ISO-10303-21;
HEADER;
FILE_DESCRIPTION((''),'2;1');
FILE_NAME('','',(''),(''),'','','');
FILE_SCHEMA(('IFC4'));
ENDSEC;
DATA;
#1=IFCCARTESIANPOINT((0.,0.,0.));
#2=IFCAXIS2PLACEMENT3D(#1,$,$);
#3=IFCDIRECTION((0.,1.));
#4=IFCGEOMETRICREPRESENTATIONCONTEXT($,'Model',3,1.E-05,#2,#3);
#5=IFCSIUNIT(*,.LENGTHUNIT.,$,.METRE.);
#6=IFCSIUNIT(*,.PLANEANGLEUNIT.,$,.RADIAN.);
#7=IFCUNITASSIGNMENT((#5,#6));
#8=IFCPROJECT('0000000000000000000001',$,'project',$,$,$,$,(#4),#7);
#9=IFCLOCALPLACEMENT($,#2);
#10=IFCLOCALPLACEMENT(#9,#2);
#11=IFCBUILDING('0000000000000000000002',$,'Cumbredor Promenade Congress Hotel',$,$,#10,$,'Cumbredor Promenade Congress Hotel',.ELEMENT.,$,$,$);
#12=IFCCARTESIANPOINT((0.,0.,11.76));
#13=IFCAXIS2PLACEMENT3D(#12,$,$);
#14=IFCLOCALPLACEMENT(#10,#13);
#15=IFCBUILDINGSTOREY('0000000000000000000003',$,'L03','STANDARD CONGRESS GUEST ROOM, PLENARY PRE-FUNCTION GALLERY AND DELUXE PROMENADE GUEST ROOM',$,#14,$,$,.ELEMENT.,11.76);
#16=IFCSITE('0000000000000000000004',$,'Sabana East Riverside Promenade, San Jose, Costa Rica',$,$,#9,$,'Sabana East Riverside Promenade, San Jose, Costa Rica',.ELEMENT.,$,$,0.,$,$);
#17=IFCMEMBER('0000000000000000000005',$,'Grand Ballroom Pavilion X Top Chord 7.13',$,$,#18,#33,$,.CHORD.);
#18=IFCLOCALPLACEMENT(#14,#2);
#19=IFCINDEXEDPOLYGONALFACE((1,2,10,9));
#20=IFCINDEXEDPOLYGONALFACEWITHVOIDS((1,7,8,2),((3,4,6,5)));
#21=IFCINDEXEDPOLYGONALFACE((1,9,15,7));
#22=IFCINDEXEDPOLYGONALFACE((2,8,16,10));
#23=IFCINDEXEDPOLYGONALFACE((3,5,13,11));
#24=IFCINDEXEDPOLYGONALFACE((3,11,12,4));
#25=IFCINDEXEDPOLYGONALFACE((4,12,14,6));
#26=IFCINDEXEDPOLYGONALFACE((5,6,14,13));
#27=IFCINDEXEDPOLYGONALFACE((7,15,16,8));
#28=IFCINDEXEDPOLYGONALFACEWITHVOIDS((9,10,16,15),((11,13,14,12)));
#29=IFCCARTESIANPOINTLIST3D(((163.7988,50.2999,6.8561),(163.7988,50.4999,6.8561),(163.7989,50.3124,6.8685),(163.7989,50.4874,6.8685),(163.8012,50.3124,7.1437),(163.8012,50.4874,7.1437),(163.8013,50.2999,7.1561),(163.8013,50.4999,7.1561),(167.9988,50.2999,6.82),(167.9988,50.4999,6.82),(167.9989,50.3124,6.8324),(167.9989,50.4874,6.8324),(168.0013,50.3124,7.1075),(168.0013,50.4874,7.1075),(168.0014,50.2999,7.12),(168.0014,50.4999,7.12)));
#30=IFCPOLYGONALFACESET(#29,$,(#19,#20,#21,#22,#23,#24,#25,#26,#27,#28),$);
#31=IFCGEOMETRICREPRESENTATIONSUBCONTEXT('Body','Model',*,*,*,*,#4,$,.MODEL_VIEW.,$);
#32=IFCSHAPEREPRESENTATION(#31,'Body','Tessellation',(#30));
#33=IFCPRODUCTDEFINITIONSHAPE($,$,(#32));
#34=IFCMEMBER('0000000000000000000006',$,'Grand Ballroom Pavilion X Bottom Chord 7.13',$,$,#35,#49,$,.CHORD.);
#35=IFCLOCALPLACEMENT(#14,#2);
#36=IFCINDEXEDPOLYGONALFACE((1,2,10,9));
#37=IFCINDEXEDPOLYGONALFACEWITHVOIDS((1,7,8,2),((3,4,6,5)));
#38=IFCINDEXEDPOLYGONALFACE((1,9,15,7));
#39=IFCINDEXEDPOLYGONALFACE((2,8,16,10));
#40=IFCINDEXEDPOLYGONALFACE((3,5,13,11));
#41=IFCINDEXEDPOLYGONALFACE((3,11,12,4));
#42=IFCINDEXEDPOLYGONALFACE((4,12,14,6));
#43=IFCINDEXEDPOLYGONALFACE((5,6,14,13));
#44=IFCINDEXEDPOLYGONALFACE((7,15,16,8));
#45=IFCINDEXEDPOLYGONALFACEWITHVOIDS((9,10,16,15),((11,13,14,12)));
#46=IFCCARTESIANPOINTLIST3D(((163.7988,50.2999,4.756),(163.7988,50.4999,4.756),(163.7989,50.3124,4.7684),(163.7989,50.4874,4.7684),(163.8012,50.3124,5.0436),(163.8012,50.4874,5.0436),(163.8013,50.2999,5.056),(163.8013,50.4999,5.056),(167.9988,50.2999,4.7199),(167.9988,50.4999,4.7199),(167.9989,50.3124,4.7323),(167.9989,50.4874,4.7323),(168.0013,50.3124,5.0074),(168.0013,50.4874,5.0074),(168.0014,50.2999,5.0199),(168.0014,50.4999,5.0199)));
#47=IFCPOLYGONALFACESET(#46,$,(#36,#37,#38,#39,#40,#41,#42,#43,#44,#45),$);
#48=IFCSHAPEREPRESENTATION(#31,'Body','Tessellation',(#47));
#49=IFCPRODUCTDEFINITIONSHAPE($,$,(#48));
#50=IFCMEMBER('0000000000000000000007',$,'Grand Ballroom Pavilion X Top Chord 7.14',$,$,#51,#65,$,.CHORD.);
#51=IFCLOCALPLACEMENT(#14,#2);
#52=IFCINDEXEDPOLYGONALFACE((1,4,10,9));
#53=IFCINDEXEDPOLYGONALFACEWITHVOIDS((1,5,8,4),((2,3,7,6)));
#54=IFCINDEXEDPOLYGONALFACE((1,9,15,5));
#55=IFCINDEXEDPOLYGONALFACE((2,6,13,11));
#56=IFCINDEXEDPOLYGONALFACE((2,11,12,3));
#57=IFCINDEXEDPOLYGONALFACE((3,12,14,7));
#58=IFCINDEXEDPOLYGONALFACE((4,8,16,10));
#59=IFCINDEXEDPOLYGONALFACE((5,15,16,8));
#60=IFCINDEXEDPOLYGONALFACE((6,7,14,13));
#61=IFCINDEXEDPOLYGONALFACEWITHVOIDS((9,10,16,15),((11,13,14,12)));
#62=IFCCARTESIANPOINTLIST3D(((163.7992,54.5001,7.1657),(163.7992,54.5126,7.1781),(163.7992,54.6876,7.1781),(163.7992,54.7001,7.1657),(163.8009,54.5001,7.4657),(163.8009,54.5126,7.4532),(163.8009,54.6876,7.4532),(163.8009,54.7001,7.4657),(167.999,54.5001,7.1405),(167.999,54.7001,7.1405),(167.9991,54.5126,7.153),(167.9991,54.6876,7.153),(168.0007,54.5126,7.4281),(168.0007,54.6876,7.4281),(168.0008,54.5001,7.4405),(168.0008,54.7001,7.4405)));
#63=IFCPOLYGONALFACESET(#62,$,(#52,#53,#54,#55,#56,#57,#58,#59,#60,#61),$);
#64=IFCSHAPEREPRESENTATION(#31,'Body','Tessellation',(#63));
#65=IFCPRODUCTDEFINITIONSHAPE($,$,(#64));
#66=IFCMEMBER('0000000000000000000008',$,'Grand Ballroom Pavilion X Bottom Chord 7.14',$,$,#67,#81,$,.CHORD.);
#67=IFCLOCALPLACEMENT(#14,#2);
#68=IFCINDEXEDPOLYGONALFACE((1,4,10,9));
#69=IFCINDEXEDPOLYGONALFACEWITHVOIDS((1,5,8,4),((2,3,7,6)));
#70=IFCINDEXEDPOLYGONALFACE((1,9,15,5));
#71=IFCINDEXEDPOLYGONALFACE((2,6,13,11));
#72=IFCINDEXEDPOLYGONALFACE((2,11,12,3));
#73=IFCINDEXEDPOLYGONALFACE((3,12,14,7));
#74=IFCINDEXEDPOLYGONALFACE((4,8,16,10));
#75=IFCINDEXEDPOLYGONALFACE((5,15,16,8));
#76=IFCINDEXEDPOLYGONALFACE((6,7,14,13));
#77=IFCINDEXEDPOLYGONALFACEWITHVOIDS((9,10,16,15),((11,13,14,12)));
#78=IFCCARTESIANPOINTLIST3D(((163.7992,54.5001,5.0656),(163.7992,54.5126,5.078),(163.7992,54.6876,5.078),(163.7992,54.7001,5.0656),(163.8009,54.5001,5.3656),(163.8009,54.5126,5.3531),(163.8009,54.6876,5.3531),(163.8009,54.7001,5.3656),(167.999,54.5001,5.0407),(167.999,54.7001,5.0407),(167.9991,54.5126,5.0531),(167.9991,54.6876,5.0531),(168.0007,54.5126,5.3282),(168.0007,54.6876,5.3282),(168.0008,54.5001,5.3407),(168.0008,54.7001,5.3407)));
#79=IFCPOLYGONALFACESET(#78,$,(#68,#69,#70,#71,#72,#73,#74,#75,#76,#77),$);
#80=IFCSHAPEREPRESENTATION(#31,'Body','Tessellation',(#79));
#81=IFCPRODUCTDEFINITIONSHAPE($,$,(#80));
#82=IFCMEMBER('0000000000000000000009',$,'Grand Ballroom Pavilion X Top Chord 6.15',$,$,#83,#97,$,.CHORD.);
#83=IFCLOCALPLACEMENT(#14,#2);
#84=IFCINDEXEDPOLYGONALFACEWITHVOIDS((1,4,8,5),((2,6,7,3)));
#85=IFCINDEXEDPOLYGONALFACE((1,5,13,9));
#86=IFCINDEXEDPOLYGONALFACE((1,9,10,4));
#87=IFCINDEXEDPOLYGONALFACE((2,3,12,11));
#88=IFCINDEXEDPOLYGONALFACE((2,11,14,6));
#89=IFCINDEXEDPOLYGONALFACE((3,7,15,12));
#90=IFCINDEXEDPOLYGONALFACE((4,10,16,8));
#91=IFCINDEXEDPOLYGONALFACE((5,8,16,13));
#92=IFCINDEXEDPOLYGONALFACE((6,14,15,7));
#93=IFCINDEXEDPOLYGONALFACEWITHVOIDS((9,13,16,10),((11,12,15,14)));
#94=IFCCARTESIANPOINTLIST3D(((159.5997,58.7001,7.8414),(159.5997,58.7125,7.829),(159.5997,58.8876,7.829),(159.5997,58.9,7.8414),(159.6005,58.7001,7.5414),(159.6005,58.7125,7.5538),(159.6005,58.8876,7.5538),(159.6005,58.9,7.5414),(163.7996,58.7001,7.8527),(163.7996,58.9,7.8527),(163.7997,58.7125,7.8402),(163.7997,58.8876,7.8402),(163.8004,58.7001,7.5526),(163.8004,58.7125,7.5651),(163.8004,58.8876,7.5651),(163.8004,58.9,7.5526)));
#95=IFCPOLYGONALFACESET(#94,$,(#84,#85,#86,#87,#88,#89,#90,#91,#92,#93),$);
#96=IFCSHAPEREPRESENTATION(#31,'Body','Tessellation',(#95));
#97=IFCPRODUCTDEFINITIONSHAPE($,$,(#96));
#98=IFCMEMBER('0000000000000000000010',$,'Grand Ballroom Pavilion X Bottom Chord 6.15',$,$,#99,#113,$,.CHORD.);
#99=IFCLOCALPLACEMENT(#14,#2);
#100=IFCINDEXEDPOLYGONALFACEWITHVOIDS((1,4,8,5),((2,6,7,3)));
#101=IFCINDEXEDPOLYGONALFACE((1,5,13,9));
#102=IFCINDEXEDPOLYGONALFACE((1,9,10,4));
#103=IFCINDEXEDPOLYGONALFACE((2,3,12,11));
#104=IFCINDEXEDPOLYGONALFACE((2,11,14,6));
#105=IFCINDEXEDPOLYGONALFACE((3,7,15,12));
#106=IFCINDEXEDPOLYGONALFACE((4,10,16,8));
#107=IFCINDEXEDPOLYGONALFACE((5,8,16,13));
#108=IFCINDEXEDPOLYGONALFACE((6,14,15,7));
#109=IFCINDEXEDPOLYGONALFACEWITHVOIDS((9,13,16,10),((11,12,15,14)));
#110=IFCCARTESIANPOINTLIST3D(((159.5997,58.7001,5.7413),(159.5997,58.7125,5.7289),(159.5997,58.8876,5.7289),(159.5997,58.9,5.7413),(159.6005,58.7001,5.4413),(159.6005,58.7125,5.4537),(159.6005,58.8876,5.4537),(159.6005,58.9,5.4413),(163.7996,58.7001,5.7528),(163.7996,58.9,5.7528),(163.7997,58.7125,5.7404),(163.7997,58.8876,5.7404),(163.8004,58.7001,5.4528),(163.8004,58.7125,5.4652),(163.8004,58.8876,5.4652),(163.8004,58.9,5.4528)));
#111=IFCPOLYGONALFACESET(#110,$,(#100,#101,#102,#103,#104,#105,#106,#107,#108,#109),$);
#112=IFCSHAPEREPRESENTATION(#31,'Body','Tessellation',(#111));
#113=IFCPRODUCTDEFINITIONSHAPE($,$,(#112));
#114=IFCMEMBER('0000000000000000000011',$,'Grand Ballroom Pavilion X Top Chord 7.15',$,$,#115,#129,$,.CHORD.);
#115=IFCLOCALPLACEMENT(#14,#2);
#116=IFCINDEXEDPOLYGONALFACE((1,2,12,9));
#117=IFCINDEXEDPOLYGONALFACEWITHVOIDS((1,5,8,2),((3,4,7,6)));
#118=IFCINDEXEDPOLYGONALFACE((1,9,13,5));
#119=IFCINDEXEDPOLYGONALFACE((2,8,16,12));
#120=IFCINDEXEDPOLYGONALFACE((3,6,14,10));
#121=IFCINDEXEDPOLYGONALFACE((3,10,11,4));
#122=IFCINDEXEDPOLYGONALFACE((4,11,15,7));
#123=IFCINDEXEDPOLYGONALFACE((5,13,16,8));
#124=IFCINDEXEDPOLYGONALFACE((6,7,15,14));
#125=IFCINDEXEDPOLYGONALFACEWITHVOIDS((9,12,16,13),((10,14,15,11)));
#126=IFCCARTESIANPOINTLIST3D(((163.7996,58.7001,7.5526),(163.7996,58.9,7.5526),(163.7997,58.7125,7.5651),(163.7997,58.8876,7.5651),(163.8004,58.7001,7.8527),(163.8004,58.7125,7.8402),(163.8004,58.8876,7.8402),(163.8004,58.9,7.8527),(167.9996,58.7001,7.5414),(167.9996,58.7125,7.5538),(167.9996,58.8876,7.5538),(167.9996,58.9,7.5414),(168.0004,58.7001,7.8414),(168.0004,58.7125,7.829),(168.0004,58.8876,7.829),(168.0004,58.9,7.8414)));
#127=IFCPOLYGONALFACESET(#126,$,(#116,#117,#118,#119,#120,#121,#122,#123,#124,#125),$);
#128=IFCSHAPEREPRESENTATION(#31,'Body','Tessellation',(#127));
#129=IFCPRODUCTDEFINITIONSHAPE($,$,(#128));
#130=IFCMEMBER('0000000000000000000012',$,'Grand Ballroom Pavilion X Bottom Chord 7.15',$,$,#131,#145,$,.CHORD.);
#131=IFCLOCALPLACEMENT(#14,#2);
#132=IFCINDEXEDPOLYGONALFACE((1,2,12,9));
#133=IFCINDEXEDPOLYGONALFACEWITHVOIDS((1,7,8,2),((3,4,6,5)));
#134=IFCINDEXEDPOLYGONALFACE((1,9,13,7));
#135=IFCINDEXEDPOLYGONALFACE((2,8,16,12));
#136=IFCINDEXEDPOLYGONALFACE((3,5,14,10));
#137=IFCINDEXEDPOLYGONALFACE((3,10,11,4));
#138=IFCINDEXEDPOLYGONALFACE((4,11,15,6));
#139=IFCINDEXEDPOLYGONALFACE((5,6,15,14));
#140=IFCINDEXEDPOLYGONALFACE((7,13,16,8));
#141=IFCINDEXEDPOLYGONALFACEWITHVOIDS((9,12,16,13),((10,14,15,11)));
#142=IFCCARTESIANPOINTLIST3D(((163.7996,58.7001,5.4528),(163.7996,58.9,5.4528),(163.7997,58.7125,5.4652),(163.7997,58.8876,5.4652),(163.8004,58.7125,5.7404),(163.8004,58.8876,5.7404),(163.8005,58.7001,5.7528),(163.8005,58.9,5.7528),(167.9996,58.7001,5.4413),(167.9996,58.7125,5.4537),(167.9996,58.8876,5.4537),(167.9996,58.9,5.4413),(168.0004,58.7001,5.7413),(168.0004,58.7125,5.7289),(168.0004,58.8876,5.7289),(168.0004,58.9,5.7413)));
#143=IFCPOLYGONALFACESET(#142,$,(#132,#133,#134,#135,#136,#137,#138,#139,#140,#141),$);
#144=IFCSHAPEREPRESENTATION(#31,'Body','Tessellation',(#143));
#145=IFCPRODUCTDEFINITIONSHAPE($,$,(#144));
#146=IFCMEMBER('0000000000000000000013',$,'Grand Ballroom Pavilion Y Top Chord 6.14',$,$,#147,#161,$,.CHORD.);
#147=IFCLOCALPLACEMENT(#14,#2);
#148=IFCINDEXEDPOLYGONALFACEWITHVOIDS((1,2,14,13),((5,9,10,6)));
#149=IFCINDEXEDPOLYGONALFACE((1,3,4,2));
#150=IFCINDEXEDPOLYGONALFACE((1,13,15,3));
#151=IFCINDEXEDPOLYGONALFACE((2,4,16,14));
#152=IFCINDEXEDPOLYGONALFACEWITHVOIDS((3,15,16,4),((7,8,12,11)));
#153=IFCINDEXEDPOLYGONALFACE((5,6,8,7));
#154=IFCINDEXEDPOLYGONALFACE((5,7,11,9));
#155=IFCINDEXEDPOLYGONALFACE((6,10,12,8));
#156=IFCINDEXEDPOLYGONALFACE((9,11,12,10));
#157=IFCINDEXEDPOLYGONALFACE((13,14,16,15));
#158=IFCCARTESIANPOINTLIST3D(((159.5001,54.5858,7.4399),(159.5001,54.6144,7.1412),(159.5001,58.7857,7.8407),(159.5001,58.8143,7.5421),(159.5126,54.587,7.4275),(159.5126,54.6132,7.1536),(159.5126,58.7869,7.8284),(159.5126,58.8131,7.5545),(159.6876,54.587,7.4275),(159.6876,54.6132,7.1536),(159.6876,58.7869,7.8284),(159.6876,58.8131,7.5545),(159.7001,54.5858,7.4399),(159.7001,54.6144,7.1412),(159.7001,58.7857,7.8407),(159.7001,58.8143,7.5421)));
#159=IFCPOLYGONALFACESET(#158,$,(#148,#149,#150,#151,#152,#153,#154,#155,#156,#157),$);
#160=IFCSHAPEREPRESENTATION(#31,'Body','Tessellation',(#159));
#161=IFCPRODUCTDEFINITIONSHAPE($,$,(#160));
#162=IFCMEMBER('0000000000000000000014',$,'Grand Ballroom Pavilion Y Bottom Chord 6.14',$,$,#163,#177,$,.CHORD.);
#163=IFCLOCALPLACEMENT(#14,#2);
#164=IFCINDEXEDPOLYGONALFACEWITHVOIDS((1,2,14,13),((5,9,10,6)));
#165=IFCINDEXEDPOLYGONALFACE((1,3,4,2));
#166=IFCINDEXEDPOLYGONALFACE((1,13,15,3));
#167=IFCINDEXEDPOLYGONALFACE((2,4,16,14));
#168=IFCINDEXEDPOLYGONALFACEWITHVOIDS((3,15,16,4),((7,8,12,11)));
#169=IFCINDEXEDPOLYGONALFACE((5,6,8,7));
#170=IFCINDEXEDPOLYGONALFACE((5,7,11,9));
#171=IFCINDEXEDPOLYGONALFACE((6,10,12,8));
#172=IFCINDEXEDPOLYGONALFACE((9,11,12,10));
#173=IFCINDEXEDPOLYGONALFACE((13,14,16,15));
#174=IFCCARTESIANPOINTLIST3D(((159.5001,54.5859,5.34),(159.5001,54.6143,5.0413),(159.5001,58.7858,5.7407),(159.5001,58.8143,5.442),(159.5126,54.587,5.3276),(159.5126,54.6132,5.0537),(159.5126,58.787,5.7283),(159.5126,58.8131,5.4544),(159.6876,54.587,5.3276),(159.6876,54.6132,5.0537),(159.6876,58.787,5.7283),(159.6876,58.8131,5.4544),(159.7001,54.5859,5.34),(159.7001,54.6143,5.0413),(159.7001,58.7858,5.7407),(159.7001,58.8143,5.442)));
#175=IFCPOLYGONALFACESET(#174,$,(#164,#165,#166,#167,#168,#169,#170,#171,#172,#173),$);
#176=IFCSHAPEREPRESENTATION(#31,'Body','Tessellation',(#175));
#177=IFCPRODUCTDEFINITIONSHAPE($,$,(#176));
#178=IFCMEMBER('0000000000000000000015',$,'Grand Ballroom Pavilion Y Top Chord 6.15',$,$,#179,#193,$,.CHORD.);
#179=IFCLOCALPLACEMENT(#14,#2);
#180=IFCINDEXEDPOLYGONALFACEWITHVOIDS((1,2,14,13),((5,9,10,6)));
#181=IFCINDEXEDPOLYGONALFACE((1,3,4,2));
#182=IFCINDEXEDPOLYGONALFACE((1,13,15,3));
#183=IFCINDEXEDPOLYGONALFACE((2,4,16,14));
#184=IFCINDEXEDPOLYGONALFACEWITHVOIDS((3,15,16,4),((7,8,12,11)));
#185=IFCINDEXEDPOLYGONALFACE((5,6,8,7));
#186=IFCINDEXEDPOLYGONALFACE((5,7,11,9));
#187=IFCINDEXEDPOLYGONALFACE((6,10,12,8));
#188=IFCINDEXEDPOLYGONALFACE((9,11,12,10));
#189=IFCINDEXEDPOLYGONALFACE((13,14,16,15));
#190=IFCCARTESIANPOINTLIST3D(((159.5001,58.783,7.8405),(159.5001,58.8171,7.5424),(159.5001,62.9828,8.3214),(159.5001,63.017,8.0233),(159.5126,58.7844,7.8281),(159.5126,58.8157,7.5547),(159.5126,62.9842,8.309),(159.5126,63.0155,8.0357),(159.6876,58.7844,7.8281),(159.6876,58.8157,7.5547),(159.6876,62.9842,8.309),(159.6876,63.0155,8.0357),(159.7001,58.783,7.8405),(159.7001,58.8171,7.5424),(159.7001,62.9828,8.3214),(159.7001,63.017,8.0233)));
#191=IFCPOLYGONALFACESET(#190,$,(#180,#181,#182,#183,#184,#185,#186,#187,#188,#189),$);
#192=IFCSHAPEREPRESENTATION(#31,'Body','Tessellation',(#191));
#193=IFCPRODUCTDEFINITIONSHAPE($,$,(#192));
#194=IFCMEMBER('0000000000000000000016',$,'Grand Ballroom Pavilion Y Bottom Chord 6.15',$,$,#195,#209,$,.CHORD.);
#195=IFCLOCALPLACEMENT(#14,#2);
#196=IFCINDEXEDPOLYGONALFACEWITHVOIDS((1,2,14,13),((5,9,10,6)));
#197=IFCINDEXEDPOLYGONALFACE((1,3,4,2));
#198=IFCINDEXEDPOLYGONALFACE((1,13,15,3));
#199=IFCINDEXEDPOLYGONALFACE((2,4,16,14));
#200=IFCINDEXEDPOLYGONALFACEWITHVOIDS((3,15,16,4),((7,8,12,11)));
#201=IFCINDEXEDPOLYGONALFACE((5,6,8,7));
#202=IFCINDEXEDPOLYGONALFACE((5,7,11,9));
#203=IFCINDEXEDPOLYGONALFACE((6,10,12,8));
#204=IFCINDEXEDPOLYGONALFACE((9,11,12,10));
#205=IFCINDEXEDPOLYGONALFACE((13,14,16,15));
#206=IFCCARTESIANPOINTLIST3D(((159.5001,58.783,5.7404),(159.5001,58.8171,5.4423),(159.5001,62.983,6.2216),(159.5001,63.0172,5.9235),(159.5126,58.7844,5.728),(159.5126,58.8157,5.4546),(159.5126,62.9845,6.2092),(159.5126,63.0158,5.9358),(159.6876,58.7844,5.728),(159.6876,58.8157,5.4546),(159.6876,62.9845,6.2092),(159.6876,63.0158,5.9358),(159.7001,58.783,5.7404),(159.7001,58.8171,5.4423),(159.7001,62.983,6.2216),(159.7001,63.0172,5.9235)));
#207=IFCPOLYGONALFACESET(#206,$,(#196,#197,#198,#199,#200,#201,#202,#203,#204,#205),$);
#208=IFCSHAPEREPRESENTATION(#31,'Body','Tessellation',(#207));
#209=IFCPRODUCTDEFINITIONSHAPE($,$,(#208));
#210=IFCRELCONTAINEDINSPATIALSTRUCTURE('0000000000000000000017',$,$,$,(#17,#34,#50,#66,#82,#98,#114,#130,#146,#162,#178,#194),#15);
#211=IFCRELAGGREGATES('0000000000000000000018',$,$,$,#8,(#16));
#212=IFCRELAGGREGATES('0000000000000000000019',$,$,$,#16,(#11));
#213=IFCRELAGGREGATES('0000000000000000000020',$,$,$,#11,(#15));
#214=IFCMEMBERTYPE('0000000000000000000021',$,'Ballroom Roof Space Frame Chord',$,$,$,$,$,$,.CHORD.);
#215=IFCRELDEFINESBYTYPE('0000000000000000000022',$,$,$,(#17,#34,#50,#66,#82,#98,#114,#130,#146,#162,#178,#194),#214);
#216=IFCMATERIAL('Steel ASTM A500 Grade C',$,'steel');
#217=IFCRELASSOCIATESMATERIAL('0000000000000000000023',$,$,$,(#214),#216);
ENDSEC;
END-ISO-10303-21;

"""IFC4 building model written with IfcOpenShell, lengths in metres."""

from ifc_helpers import new_model, si_unit, direction, frame, origin, origin_2d, place, context, subcontext, project, spatial, hollow_rectangle, extrude, material, material_profile, profile_set, type_object, element, save


model = new_model("IFC4")

# Units and contexts
model_context = context("Model", 3, precision=1e-05, world=origin(), true_north=direction((0.0, 1.0)))
body_context = subcontext(model_context, "Body", "Model", "MODEL_VIEW")
ifc_project = project(units=[si_unit("LENGTHUNIT", "METRE"), si_unit("PLANEANGLEUNIT", "RADIAN")], contexts=[model_context])

# Site, building, storey
site_placement = place(None, origin())
site = spatial("IfcSite", under=ifc_project, at=site_placement, Name="Sabana East Riverside Promenade, San Jose, Costa Rica", LongName="Sabana East Riverside Promenade, San Jose, Costa Rica", CompositionType="ELEMENT", RefElevation=0.0)
building_placement = place(site_placement, origin())
building = spatial("IfcBuilding", under=site, at=building_placement, Name="Cumbredor Promenade Congress Hotel", LongName="Cumbredor Promenade Congress Hotel", CompositionType="ELEMENT")
storey_placement = place(building_placement, frame((0.0, 0.0, 11.76)))
storey = spatial("IfcBuildingStorey", under=building, at=storey_placement, Name="L03", Description="STANDARD CONGRESS GUEST ROOM, PLENARY PRE-FUNCTION GALLERY AND DELUXE PROMENADE GUEST ROOM", CompositionType="ELEMENT", Elevation=11.76)

# Members
ifc_material_1 = material(Name="Steel ASTM A500 Grade C", Category="steel")
ifc_material_profile_1 = material_profile(ifc_material_1, hollow_rectangle(XDim=0.2, YDim=0.3, WallThickness=0.0125, at=origin_2d()), Name="HSS 300x200x12.5")
ifc_profile_set_1 = profile_set([ifc_material_profile_1], Name="Steel ASTM A500 Grade C")
member_type_1 = type_object("IfcMemberType", Name="Ballroom Roof Space Frame Chord", PredefinedType="CHORD", material=ifc_profile_set_1)
for number, where, z_axis, x_axis, name in (
    (1, (163.8, 50.3999, 7.0061), (0.999963, 0.0, -0.008603), (0.0, 1.0, 0.0), "Grand Ballroom Pavilion X Top Chord 7.13"),
    (2, (163.8, 50.3999, 4.906), (0.999963, 0.0, -0.008603), (0.0, 1.0, 0.0), "Grand Ballroom Pavilion X Bottom Chord 7.13"),
):
    element("IfcMember", number, at=place(storey_placement, frame(where, z_axis=z_axis, x_axis=x_axis)), inside=storey, type_object=member_type_1, Name=name, PredefinedType="CHORD", context=body_context, shape_type="SweptSolid", body=[
        extrude(hollow_rectangle(XDim=0.2, YDim=0.3, WallThickness=0.0125, at=origin_2d()), origin(), (0.0, 0.0, 1.0), 4.2002),
    ])
for number, where, z_axis, x_axis, name in (
    (3, (163.8, 54.6001, 7.3157), (0.999982, 0.0, -0.005987), (0.0, 1.0, 0.0), "Grand Ballroom Pavilion X Top Chord 7.14"),
    (4, (163.8, 54.6001, 5.2156), (0.999982, 0.0, -0.005929), (0.0, 1.0, 0.0), "Grand Ballroom Pavilion X Bottom Chord 7.14"),
    (5, (159.6001, 58.8, 7.6914), (0.999996, 0.0, 0.002674), (0.0, 1.0, 0.0), "Grand Ballroom Pavilion X Top Chord 6.15"),
    (6, (159.6001, 58.8, 5.5913), (0.999996, 0.0, 0.002732), (0.0, 1.0, 0.0), "Grand Ballroom Pavilion X Bottom Chord 6.15"),
    (7, (163.8, 58.8, 7.7026), (0.999996, 0.0, -0.002674), (0.0, 1.0, 0.0), "Grand Ballroom Pavilion X Top Chord 7.15"),
    (8, (163.8, 58.8, 5.6028), (0.999996, 0.0, -0.002732), (0.0, 1.0, 0.0), "Grand Ballroom Pavilion X Bottom Chord 7.15"),
):
    element("IfcMember", number, at=place(storey_placement, frame(where, z_axis=z_axis, x_axis=x_axis)), inside=storey, type_object=member_type_1, Name=name, PredefinedType="CHORD", context=body_context, shape_type="SweptSolid", body=[
        extrude(hollow_rectangle(XDim=0.2, YDim=0.3, WallThickness=0.0125, at=origin_2d()), origin(), (0.0, 0.0, 1.0), 4.2),
    ])
for number, where, z_axis, x_axis, name in (
    (9, (159.6001, 54.6001, 7.2905), (0.0, 0.995476, 0.095017), (-1.0, 0.0, 0.0), "Grand Ballroom Pavilion Y Top Chord 6.14"),
    (10, (159.6001, 54.6001, 5.1907), (0.0, 0.995481, 0.094959), (-1.0, 0.0, 0.0), "Grand Ballroom Pavilion Y Bottom Chord 6.14"),
):
    element("IfcMember", number, at=place(storey_placement, frame(where, z_axis=z_axis, x_axis=x_axis)), inside=storey, type_object=member_type_1, Name=name, PredefinedType="CHORD", context=body_context, shape_type="SweptSolid", body=[
        extrude(hollow_rectangle(XDim=0.2, YDim=0.3, WallThickness=0.0125, at=origin_2d()), origin(), (0.0, 0.0, 1.0), 4.219),
    ])
member_1_placement = place(storey_placement, frame((159.6001, 58.8, 7.6914), z_axis=(0.0, 0.993507, 0.113771), x_axis=(-1.0, 0.0, 0.0)))
element("IfcMember", 11, at=member_1_placement, inside=storey, type_object=member_type_1, Name="Grand Ballroom Pavilion Y Top Chord 6.15", PredefinedType="CHORD", context=body_context, shape_type="SweptSolid", body=[
    extrude(hollow_rectangle(XDim=0.2, YDim=0.3, WallThickness=0.0125, at=origin_2d()), origin(), (0.0, 0.0, 1.0), 4.2273),
])
member_2_placement = place(storey_placement, frame((159.6001, 58.8, 5.5913), z_axis=(0.0, 0.9935, 0.113828), x_axis=(-1.0, 0.0, 0.0)))
element("IfcMember", 12, at=member_2_placement, inside=storey, type_object=member_type_1, Name="Grand Ballroom Pavilion Y Bottom Chord 6.15", PredefinedType="CHORD", context=body_context, shape_type="SweptSolid", body=[
    extrude(hollow_rectangle(XDim=0.2, YDim=0.3, WallThickness=0.0125, at=origin_2d()), origin(), (0.0, 0.0, 1.0), 4.2275),
])

save(model, "model.ifc")
